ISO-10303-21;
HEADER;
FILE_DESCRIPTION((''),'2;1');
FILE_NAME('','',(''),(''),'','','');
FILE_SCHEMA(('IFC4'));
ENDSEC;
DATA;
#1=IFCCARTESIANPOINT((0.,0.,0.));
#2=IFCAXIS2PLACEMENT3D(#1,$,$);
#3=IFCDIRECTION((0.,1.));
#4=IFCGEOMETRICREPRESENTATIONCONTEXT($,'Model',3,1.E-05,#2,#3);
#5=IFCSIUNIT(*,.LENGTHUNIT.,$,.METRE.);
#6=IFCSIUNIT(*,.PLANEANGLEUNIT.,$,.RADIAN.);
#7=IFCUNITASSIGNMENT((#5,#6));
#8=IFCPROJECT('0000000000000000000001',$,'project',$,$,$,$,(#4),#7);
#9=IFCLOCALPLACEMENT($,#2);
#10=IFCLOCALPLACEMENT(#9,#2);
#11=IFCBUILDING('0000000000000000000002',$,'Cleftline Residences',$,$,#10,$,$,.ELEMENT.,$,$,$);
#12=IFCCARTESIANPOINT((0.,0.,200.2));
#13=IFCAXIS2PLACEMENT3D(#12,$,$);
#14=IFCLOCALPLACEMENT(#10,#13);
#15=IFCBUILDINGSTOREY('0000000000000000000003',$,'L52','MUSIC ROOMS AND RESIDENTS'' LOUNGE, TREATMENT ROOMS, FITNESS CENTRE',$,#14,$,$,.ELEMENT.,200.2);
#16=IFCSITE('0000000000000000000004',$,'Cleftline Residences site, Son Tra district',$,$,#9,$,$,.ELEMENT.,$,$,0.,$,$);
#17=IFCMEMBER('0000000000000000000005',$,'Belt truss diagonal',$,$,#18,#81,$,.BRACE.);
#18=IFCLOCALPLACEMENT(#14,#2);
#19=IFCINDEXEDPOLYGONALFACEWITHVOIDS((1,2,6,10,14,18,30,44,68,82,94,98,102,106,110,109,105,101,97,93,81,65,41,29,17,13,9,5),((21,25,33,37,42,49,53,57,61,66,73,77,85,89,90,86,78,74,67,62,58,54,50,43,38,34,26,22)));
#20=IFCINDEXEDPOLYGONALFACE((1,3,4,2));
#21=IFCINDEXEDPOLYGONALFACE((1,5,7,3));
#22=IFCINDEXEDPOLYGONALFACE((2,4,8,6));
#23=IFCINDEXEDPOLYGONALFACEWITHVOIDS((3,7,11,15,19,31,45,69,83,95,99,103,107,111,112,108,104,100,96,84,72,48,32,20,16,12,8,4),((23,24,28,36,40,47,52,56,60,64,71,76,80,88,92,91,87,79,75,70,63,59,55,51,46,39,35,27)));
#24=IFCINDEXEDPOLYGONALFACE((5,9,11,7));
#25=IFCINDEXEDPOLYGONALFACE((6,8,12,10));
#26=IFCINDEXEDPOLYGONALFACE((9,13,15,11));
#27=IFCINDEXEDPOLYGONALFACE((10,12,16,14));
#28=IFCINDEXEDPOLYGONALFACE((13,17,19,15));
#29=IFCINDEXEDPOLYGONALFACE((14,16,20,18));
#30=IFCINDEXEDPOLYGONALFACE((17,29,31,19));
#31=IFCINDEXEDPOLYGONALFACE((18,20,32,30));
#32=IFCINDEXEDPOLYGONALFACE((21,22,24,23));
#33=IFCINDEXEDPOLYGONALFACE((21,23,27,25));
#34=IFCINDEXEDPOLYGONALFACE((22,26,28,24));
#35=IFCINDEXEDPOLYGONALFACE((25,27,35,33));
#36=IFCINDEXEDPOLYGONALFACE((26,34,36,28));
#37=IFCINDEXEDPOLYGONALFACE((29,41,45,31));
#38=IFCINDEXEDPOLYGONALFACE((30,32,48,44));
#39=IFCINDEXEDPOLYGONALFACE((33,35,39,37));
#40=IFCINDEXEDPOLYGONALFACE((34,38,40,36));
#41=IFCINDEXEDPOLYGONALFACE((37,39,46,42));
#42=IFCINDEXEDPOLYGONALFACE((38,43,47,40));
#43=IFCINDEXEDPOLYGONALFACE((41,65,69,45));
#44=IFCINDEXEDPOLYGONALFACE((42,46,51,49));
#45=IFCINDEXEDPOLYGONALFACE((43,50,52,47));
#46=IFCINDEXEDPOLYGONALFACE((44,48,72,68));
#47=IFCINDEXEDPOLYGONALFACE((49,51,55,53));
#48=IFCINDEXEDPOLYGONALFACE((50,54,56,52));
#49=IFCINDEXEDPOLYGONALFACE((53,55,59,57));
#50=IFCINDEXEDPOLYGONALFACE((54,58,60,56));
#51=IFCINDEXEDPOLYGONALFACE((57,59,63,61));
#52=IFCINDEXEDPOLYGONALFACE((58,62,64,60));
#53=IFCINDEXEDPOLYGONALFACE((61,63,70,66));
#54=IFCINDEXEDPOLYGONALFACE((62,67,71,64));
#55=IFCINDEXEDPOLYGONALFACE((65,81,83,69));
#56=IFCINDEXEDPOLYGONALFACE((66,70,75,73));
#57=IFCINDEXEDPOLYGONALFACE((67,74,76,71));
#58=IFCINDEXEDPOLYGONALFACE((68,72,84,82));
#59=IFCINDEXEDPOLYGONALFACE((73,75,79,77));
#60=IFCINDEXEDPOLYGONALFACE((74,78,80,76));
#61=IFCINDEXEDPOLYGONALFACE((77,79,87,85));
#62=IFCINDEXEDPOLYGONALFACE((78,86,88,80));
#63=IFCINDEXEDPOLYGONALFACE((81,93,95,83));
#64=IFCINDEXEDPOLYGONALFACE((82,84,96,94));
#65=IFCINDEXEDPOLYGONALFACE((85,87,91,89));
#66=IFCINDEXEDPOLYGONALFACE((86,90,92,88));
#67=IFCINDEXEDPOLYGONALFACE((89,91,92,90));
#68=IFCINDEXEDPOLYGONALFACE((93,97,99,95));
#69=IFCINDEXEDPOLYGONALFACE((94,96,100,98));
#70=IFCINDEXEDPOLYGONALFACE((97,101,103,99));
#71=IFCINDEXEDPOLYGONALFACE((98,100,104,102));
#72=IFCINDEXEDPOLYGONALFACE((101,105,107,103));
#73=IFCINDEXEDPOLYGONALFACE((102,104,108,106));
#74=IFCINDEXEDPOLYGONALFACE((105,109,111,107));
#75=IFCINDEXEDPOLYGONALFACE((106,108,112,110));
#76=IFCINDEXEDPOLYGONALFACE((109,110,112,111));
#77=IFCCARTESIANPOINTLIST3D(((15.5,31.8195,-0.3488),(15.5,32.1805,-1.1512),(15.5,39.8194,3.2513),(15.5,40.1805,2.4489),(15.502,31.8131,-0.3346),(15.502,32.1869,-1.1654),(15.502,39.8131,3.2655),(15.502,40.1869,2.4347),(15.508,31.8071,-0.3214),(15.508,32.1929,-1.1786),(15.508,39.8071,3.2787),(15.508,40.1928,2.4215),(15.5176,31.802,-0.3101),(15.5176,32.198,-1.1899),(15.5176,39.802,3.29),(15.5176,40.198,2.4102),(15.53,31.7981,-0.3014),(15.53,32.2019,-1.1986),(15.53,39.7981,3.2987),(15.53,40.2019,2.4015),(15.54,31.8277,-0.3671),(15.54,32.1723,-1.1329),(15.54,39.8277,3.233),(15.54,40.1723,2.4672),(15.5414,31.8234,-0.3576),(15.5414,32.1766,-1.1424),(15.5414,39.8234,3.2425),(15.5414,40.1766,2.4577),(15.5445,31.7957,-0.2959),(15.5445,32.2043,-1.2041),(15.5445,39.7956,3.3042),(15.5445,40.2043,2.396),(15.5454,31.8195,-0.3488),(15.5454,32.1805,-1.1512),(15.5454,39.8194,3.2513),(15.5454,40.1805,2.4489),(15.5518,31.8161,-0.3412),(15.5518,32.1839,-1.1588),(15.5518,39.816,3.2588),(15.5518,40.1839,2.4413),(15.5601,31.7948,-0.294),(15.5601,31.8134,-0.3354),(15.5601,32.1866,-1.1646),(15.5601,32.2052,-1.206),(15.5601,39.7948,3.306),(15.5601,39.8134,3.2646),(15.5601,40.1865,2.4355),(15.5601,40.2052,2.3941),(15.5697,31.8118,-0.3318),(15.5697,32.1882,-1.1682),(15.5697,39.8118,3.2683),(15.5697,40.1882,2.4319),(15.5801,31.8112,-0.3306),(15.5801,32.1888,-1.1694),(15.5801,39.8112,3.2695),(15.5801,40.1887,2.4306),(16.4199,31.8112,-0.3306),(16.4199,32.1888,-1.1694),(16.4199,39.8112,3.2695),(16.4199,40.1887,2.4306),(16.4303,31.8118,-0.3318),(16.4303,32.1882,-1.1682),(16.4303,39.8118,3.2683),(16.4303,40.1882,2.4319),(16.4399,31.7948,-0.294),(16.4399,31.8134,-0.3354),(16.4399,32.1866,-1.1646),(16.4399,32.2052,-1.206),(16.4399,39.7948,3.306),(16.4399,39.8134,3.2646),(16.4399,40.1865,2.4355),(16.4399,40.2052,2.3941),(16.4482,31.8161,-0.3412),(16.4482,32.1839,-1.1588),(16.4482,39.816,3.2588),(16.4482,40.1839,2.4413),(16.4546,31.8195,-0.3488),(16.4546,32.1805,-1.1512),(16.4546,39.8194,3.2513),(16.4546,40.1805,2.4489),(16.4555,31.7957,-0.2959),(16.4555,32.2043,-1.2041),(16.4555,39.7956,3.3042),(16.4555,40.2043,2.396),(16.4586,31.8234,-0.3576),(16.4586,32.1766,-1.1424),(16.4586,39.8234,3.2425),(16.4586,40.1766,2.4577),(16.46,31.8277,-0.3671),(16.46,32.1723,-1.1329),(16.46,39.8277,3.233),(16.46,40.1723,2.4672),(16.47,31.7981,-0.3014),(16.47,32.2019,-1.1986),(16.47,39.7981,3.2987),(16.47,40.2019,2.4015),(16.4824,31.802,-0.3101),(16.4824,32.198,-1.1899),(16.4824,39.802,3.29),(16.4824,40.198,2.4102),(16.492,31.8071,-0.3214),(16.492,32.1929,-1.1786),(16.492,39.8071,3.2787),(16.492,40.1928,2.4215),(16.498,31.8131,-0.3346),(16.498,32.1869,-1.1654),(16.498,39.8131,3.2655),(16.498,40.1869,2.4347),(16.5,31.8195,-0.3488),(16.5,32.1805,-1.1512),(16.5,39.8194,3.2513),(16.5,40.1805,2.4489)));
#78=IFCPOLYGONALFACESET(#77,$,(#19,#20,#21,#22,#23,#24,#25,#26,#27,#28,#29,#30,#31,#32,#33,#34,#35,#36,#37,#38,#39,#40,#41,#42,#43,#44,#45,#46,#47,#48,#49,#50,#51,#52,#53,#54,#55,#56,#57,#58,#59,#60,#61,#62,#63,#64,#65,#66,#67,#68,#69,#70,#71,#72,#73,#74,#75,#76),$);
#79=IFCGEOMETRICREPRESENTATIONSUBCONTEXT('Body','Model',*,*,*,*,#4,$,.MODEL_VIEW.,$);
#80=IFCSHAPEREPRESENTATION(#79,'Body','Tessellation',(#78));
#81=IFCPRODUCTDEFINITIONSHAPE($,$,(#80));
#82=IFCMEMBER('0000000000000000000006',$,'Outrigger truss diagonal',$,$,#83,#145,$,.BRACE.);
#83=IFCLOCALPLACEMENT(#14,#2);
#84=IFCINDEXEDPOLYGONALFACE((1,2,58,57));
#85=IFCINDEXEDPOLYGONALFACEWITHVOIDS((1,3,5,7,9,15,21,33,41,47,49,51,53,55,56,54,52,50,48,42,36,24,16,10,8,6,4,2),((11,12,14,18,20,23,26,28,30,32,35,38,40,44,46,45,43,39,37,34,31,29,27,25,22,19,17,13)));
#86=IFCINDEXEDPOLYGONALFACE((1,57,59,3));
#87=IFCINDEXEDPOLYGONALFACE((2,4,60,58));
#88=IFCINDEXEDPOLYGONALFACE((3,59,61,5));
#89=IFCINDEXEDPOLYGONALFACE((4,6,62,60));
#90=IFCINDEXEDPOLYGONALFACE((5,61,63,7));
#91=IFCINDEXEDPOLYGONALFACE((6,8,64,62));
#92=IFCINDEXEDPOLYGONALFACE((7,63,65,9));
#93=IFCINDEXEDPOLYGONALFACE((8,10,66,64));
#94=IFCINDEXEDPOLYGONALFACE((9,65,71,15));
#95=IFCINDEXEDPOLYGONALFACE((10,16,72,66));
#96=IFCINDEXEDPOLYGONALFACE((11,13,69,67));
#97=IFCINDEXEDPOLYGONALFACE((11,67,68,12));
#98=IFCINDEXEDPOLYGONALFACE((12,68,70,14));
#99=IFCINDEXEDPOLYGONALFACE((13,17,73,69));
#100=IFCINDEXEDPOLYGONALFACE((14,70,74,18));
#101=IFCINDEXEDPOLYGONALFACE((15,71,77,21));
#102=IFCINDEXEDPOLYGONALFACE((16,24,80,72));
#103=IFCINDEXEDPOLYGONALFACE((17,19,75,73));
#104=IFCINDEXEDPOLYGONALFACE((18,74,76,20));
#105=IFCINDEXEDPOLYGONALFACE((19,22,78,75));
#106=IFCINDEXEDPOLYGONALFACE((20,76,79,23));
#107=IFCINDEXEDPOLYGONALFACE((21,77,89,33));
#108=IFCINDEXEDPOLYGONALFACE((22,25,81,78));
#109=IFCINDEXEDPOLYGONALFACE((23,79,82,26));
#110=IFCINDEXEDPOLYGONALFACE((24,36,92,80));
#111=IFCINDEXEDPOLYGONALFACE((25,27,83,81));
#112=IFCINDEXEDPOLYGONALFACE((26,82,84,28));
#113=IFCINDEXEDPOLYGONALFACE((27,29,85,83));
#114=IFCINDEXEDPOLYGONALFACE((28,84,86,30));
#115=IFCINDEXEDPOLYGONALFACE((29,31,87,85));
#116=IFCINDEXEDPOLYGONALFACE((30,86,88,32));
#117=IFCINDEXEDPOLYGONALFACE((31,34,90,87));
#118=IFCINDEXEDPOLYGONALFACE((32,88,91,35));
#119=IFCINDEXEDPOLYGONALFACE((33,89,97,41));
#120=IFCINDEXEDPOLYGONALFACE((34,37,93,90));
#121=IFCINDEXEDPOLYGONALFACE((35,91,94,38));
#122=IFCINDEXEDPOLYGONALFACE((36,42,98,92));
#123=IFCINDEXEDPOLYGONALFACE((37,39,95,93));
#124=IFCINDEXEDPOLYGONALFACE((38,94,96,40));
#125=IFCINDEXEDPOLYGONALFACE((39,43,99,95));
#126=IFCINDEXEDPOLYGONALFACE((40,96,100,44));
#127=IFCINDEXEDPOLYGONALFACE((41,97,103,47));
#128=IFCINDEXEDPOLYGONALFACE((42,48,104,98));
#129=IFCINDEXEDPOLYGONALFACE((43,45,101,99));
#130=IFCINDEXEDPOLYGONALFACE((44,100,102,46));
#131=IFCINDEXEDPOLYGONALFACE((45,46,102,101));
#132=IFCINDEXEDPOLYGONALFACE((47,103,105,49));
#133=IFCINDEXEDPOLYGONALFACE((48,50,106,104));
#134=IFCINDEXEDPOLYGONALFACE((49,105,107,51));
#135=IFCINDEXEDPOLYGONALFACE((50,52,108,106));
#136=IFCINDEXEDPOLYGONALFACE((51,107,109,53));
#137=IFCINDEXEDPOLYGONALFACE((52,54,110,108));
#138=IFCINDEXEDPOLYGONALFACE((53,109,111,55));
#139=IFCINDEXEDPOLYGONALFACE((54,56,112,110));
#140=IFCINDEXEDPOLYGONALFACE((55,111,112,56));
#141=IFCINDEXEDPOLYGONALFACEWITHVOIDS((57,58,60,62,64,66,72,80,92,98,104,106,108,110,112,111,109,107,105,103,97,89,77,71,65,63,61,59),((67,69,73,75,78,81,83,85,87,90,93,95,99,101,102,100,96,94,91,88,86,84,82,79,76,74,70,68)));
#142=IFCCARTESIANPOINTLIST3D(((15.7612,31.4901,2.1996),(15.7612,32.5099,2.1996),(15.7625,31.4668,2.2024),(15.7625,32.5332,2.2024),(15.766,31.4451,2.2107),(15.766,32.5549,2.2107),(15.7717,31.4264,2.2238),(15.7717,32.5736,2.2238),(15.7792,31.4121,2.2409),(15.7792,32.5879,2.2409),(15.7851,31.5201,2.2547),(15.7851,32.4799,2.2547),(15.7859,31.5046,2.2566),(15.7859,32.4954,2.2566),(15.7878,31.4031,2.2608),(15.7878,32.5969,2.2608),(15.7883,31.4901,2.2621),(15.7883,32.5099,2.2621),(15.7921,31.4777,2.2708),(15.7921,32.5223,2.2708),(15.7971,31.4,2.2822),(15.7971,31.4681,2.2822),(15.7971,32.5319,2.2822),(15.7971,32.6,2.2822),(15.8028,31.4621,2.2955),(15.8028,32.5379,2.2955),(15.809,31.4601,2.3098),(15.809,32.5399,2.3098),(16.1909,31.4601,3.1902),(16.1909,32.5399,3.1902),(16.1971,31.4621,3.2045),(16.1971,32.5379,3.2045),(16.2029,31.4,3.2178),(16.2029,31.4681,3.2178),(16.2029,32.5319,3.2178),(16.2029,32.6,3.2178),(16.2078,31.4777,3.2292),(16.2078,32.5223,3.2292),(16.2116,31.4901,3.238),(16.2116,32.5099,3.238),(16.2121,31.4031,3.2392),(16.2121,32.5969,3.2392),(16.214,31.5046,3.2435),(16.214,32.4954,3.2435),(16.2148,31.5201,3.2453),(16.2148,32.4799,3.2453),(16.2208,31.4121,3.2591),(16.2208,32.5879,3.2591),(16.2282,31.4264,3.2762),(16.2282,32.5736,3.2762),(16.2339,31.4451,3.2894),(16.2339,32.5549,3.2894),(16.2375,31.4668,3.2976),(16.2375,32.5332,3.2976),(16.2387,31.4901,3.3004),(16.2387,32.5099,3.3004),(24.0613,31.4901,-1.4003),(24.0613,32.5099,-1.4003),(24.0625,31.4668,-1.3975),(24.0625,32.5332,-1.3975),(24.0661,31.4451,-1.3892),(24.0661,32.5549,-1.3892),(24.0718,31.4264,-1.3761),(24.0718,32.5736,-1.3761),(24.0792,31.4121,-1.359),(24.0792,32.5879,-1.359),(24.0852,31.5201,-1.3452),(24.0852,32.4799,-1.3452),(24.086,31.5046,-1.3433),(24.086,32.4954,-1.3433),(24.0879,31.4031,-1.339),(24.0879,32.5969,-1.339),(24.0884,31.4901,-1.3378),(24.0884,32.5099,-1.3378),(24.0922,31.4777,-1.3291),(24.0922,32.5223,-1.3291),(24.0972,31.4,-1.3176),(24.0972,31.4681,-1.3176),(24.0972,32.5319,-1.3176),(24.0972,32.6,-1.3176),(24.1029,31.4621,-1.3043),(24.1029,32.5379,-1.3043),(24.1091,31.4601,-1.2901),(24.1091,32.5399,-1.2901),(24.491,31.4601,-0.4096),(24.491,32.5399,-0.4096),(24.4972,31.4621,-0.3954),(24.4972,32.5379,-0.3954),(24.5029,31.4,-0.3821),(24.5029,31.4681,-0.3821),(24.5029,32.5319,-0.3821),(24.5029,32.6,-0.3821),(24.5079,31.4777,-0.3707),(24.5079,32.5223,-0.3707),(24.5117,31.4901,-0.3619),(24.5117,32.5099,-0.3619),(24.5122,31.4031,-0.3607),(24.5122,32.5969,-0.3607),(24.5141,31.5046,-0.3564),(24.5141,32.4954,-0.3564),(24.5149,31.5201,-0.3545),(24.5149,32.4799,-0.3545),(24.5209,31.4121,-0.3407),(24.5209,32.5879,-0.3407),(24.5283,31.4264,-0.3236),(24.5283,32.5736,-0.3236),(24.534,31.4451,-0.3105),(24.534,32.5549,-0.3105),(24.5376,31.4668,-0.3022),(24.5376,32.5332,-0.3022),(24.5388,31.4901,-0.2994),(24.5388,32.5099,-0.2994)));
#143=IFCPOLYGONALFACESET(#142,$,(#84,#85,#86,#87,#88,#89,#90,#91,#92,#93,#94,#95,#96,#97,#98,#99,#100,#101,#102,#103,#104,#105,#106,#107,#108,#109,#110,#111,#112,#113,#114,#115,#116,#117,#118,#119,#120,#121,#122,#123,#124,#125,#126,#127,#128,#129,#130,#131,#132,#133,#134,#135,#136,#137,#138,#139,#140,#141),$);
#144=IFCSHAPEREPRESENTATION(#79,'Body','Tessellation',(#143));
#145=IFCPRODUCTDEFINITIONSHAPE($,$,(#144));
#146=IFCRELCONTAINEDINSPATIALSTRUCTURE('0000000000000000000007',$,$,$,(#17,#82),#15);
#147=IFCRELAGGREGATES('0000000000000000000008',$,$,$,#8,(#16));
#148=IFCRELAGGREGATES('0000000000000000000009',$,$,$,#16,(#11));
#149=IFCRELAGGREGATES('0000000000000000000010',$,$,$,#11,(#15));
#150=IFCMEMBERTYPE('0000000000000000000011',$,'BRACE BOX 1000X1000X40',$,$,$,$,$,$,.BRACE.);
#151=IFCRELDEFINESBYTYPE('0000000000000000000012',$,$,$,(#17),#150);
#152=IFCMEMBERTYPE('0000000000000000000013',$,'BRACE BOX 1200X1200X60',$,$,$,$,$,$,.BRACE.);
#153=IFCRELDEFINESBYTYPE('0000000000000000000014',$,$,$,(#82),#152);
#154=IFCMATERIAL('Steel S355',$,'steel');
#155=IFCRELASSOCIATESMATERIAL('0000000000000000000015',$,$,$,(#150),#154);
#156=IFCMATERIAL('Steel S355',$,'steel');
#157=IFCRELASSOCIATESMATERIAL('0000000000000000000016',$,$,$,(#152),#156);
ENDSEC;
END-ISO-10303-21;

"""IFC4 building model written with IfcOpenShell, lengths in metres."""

from ifc_helpers import new_model, si_unit, direction, frame, origin, origin_2d, place, context, subcontext, project, spatial, hollow_rectangle, extrude, material, material_profile, profile_set, type_object, element, save


model = new_model("IFC4")

# Units and contexts
model_context = context("Model", 3, precision=1e-05, world=origin(), true_north=direction((0.0, 1.0)))
body_context = subcontext(model_context, "Body", "Model", "MODEL_VIEW")
ifc_project = project(units=[si_unit("LENGTHUNIT", "METRE"), si_unit("PLANEANGLEUNIT", "RADIAN")], contexts=[model_context])

# Site, building, storey
site_placement = place(None, origin())
site = spatial("IfcSite", under=ifc_project, at=site_placement, Name="Cleftline Residences site, Son Tra district", CompositionType="ELEMENT", RefElevation=0.0)
building_placement = place(site_placement, origin())
building = spatial("IfcBuilding", under=site, at=building_placement, Name="Cleftline Residences", CompositionType="ELEMENT")
storey_placement = place(building_placement, frame((0.0, 0.0, 200.2)))
storey = spatial("IfcBuildingStorey", under=building, at=storey_placement, Name="L52", Description="MUSIC ROOMS AND RESIDENTS' LOUNGE, TREATMENT ROOMS, FITNESS CENTRE", CompositionType="ELEMENT", Elevation=200.2)

# Members
ifc_material_1 = material(Name="Steel S355", Category="steel")
ifc_material_profile_1 = material_profile(ifc_material_1, hollow_rectangle(XDim=1.0, YDim=1.0, WallThickness=0.04, InnerFilletRadius=0.04, OuterFilletRadius=0.0601, at=origin_2d()))
ifc_profile_set_1 = profile_set([ifc_material_profile_1], Name="Steel S355")
member_type_1 = type_object("IfcMemberType", Name="BRACE BOX 1000X1000X40", PredefinedType="BRACE", material=ifc_profile_set_1)
member_1_placement = place(storey_placement, frame((16.0, 32.0, -0.75), z_axis=(0.0, 0.911917, 0.410374), x_axis=(0.0, -0.410374, 0.911917)))
element("IfcMember", 1, at=member_1_placement, inside=storey, type_object=member_type_1, Name="Belt truss diagonal", PredefinedType="BRACE", context=body_context, shape_type="SweptSolid", body=[
    extrude(hollow_rectangle(XDim=1.0, YDim=1.0, WallThickness=0.04, InnerFilletRadius=0.04, OuterFilletRadius=0.0601, at=origin_2d()), origin(), (0.0, 0.0, 1.0), 8.7727),
])
ifc_material_2 = material(Name="Steel S355", Category="steel")
ifc_material_profile_2 = material_profile(ifc_material_2, hollow_rectangle(XDim=1.2, YDim=1.2, WallThickness=0.0601, InnerFilletRadius=0.0601, OuterFilletRadius=0.0901, at=origin_2d()))
ifc_profile_set_2 = profile_set([ifc_material_profile_2], Name="Steel S355")
member_type_2 = type_object("IfcMemberType", Name="BRACE BOX 1200X1200X60", PredefinedType="BRACE", material=ifc_profile_set_2)
member_2_placement = place(storey_placement, frame((24.3, 32.0, -0.8499), z_axis=(-0.917428, 0.0, 0.397902), x_axis=(0.397902, 0.0, 0.917428)))
element("IfcMember", 2, at=member_2_placement, inside=storey, type_object=member_type_2, Name="Outrigger truss diagonal", PredefinedType="BRACE", context=body_context, shape_type="SweptSolid", body=[
    extrude(hollow_rectangle(XDim=1.2, YDim=1.2, WallThickness=0.0601, InnerFilletRadius=0.0601, OuterFilletRadius=0.0901, at=origin_2d()), origin(), (0.0, 0.0, 1.0), 9.0471),
])

save(model, "model.ifc")
